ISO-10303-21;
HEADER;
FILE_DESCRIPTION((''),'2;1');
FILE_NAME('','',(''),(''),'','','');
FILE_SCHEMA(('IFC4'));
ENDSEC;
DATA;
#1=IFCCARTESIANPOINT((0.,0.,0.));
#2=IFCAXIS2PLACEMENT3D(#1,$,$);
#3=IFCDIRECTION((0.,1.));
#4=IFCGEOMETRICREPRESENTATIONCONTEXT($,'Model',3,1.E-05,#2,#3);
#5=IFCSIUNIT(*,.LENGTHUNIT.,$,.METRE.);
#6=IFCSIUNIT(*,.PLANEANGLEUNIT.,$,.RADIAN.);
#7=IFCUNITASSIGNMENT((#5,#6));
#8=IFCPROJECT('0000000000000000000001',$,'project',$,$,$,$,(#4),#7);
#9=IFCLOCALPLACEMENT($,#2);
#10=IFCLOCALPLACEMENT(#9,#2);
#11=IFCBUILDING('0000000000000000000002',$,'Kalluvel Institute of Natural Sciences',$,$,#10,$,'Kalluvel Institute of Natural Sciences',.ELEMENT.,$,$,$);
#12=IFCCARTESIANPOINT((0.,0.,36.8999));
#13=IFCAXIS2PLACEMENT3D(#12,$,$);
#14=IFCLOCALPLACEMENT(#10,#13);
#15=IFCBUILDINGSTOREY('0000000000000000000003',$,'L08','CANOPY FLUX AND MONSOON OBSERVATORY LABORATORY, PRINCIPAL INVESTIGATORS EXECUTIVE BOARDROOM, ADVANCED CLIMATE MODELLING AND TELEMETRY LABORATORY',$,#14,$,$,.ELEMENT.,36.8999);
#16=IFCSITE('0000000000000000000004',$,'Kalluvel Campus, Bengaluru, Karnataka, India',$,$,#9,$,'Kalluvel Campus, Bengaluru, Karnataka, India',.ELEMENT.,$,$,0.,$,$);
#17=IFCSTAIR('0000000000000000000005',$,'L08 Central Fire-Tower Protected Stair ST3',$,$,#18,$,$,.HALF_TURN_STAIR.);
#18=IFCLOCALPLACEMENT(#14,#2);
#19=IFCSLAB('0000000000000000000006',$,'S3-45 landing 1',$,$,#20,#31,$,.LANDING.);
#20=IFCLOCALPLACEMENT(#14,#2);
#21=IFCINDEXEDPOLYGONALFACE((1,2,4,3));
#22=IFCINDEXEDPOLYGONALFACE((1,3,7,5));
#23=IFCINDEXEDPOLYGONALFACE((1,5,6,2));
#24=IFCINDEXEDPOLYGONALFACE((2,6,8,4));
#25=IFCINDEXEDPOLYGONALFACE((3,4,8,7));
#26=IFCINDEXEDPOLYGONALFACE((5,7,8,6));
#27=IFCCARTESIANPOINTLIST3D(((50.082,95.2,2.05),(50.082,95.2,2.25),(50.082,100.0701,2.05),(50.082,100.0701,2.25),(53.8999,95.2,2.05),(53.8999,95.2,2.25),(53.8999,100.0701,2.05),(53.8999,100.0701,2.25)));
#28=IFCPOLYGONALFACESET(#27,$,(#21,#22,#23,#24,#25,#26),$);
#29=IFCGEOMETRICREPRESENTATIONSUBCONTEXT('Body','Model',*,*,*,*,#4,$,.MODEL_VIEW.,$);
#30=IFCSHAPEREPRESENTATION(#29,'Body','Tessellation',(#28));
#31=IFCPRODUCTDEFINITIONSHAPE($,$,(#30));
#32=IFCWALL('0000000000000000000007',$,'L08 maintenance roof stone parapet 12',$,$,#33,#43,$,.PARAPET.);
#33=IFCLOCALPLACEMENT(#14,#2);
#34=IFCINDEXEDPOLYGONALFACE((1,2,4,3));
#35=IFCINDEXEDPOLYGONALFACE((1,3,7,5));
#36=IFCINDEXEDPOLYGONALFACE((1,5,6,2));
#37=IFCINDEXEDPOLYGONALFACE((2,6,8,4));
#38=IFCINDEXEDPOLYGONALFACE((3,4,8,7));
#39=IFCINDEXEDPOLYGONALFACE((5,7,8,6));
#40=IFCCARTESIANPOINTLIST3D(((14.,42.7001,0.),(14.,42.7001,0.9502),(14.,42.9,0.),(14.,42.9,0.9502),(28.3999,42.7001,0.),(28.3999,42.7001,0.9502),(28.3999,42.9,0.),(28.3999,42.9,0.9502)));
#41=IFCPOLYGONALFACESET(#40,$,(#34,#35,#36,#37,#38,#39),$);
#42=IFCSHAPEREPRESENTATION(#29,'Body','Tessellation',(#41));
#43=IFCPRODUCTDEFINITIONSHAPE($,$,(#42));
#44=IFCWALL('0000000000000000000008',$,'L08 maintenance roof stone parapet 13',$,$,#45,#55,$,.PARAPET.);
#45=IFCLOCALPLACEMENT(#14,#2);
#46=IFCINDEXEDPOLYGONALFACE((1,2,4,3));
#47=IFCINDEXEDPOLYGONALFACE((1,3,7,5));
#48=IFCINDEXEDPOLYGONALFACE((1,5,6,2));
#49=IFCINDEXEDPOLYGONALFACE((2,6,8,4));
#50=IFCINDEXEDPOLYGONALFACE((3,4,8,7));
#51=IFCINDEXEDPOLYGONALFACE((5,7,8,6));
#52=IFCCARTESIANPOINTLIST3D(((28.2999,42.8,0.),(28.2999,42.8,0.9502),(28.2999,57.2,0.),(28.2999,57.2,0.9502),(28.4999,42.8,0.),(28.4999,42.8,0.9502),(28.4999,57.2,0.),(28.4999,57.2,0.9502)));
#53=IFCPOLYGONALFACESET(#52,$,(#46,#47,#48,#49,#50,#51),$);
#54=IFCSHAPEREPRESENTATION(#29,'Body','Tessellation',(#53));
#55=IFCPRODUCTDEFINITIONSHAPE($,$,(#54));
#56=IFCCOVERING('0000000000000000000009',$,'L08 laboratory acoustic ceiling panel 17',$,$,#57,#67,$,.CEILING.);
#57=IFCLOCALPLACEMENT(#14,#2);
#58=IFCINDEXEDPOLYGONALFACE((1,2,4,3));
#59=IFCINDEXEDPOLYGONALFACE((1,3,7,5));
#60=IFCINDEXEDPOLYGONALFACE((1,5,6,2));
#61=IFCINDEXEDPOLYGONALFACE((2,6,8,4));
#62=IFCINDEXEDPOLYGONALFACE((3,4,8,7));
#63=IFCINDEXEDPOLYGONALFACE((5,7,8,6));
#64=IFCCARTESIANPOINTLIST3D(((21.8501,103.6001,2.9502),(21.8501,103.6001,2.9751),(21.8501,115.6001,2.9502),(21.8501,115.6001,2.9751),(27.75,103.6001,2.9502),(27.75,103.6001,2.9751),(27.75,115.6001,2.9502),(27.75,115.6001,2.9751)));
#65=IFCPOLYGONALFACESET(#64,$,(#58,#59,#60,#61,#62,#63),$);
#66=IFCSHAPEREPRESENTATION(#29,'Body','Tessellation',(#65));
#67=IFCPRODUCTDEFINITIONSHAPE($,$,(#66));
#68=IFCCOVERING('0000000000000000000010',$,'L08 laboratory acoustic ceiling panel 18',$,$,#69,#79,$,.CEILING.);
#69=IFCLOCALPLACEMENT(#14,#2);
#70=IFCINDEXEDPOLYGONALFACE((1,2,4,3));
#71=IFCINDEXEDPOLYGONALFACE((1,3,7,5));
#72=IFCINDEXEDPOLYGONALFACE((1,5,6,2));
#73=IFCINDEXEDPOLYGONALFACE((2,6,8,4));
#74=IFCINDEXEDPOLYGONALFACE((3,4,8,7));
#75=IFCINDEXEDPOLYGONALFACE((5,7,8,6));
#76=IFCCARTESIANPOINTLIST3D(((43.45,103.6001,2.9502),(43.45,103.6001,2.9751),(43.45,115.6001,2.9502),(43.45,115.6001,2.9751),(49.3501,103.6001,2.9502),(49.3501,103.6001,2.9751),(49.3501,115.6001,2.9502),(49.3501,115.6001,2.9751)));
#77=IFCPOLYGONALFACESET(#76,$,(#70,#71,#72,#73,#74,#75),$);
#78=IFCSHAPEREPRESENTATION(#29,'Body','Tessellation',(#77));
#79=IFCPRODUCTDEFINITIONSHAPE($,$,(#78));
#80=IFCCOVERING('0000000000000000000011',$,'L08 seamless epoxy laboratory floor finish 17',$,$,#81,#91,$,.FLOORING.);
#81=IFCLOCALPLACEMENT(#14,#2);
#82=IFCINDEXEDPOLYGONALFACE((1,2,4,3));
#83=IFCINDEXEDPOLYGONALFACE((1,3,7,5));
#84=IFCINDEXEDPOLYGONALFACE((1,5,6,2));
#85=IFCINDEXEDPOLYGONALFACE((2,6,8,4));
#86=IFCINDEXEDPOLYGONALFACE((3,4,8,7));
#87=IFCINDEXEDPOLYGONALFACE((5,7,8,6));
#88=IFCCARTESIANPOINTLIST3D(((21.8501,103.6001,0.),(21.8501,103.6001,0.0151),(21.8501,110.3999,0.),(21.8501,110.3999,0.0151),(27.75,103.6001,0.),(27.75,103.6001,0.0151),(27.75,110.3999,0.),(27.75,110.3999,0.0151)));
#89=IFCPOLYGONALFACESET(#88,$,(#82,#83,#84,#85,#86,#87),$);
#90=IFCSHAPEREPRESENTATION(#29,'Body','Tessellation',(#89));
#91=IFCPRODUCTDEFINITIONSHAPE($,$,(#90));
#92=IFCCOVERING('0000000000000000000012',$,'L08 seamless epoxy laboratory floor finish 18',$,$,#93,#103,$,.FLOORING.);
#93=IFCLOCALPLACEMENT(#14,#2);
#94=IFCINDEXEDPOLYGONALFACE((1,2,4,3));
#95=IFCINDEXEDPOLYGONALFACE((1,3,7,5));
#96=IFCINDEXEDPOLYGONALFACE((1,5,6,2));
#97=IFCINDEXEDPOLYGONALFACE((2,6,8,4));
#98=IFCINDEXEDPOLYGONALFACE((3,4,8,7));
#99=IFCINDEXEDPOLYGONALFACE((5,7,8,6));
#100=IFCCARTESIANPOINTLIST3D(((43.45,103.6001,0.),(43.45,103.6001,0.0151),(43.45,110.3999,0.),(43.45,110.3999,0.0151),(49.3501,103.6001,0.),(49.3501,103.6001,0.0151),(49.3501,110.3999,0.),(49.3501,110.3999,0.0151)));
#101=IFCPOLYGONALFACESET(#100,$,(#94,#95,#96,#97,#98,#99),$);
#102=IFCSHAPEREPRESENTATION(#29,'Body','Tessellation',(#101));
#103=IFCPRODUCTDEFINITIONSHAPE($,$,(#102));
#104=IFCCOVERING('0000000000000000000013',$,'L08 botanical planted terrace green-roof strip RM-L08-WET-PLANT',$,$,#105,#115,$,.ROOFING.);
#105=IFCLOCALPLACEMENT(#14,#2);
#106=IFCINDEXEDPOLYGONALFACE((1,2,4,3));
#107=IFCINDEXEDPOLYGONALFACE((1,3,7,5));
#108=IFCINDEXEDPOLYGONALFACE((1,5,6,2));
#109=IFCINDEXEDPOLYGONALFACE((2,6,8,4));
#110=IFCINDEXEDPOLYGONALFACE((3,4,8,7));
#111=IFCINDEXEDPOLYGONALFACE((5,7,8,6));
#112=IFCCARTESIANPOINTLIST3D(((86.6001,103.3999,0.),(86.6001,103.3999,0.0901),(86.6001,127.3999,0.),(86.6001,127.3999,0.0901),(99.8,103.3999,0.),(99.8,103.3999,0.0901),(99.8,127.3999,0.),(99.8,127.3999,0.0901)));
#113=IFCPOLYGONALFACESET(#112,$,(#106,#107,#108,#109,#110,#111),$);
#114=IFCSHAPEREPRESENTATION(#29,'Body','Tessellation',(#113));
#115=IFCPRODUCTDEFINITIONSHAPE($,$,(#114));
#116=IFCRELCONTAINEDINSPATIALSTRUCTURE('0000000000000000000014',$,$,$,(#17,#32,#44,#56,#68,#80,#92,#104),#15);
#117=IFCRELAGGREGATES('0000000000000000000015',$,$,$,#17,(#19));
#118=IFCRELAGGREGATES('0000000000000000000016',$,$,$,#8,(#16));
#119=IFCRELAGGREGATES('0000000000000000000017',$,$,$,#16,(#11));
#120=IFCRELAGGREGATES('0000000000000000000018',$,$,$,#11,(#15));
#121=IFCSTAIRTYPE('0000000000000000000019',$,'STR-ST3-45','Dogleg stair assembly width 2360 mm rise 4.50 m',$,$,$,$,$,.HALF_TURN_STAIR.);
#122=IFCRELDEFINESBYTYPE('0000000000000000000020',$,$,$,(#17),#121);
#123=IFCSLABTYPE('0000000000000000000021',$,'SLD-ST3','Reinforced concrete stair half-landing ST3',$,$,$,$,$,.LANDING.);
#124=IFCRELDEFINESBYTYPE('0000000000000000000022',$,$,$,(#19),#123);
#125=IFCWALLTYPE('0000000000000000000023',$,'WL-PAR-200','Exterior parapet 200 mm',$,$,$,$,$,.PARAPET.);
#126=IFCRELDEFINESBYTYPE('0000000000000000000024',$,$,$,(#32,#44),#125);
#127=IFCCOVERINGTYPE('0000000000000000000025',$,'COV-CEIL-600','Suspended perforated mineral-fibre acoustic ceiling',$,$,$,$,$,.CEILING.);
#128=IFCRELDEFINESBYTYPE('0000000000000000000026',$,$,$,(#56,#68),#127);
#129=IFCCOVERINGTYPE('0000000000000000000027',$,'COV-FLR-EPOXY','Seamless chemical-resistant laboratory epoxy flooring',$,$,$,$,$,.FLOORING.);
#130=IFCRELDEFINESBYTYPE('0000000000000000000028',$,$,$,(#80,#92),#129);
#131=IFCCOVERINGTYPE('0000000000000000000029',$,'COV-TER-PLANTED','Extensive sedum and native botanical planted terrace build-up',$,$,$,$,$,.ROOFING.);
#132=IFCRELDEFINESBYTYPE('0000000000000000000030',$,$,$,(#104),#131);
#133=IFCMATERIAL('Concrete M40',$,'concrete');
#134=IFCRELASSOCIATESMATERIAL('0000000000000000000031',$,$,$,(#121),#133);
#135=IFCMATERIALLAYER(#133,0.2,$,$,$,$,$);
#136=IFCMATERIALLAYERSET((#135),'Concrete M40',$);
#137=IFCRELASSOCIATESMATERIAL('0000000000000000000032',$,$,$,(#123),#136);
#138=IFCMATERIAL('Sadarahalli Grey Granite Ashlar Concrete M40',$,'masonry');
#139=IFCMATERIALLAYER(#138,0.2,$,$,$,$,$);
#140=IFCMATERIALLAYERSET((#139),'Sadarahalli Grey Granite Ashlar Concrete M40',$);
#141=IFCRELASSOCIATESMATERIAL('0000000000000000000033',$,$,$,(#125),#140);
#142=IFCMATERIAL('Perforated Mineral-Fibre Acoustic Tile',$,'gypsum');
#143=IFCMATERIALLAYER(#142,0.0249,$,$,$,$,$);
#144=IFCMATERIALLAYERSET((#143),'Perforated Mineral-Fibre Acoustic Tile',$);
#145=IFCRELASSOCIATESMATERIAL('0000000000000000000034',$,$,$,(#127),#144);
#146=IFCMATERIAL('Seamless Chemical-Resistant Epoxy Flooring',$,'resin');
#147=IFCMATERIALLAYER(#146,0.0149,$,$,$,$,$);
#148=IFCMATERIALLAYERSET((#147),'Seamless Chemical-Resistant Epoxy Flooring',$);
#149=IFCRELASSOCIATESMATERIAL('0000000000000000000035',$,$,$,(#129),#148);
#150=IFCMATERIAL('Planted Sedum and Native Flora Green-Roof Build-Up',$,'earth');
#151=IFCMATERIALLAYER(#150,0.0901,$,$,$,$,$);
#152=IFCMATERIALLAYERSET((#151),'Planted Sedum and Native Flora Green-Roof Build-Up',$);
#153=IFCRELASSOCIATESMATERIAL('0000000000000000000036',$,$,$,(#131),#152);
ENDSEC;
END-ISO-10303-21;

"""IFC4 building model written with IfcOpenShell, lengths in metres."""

from ifc_helpers import new_model, si_unit, direction, frame, frame_2d, origin, place, context, subcontext, project, spatial, polyline, rectangle, outline, extrude, material, layer, layer_set, type_object, element, aggregate, save


model = new_model("IFC4")

# Units and contexts
model_context = context("Model", 3, precision=1e-05, world=origin(), true_north=direction((0.0, 1.0)))
body_context = subcontext(model_context, "Body", "Model", "MODEL_VIEW")
ifc_project = project(units=[si_unit("LENGTHUNIT", "METRE"), si_unit("PLANEANGLEUNIT", "RADIAN")], contexts=[model_context])

# Site, building, storey
site_placement = place(None, origin())
site = spatial("IfcSite", under=ifc_project, at=site_placement, Name="Kalluvel Campus, Bengaluru, Karnataka, India", LongName="Kalluvel Campus, Bengaluru, Karnataka, India", CompositionType="ELEMENT", RefElevation=0.0)
building_placement = place(site_placement, origin())
building = spatial("IfcBuilding", under=site, at=building_placement, Name="Kalluvel Institute of Natural Sciences", LongName="Kalluvel Institute of Natural Sciences", CompositionType="ELEMENT")
storey_placement = place(building_placement, frame((0.0, 0.0, 36.8999)))
storey = spatial("IfcBuildingStorey", under=building, at=storey_placement, Name="L08", Description="CANOPY FLUX AND MONSOON OBSERVATORY LABORATORY, PRINCIPAL INVESTIGATORS EXECUTIVE BOARDROOM, ADVANCED CLIMATE MODELLING AND TELEMETRY LABORATORY", CompositionType="ELEMENT", Elevation=36.8999)

# Shared definitions
ifc_material_1 = material(Name="Concrete M40", Category="concrete")

# Stair, slab
stair_type_1 = type_object("IfcStairType", Name="STR-ST3-45", Description="Dogleg stair assembly width 2360 mm rise 4.50 m", PredefinedType="HALF_TURN_STAIR", material=ifc_material_1)
stair_1_placement = place(storey_placement, origin())
stair_1 = element("IfcStair", 1, at=stair_1_placement, inside=storey, type_object=stair_type_1, Name="L08 Central Fire-Tower Protected Stair ST3", PredefinedType="HALF_TURN_STAIR")
ifc_layer_1 = layer(ifc_material_1, 0.2)
ifc_layer_set_1 = layer_set([ifc_layer_1], Name="Concrete M40")
slab_type_1 = type_object("IfcSlabType", Name="SLD-ST3", Description="Reinforced concrete stair half-landing ST3", PredefinedType="LANDING", material=ifc_layer_set_1)
slab_1_placement = place(storey_placement, frame((0.0, 0.0, 2.05)))
slab_1 = element("IfcSlab", 2, at=slab_1_placement, type_object=slab_type_1, Name="S3-45 landing 1", PredefinedType="LANDING", context=body_context, shape_type="SweptSolid", body=[
    extrude(outline(polyline([(50.082, 95.2), (53.8999, 95.2), (53.8999, 100.0701), (50.082, 100.0701), (50.082, 95.2)])), origin(), (0.0, 0.0, 1.0), 0.2),
])
aggregate(stair_1, [slab_1])

# Walls
ifc_material_2 = material(Name="Sadarahalli Grey Granite Ashlar Concrete M40", Category="masonry")
ifc_layer_2 = layer(ifc_material_2, 0.2)
ifc_layer_set_2 = layer_set([ifc_layer_2], Name="Sadarahalli Grey Granite Ashlar Concrete M40")
wall_type = type_object("IfcWallType", Name="WL-PAR-200", Description="Exterior parapet 200 mm", PredefinedType="PARAPET", material=ifc_layer_set_2)
for number, where, z_axis, x_axis, name in (
    (3, (14.0, 42.8, 0.0), (0.0, 0.0, 1.0), (1.0, 0.0, 0.0), "L08 maintenance roof stone parapet 12"),
    (4, (28.3999, 42.8, 0.0), (0.0, 0.0, 1.0), (0.0, 1.0, 0.0), "L08 maintenance roof stone parapet 13"),
):
    element("IfcWall", number, at=place(storey_placement, frame(where, z_axis=z_axis, x_axis=x_axis)), inside=storey, type_object=wall_type, Name=name, PredefinedType="PARAPET", context=body_context, shape_type="SweptSolid", body=[
        extrude(rectangle(XDim=14.3999, YDim=0.2, at=frame_2d((7.2, 0.0))), origin(), (0.0, 0.0, 1.0), 0.9502),
    ])

# Coverings
ifc_material_3 = material(Name="Perforated Mineral-Fibre Acoustic Tile", Category="gypsum")
ifc_layer_3 = layer(ifc_material_3, 0.0249)
ifc_layer_set_3 = layer_set([ifc_layer_3], Name="Perforated Mineral-Fibre Acoustic Tile")
covering_type_1 = type_object("IfcCoveringType", Name="COV-CEIL-600", Description="Suspended perforated mineral-fibre acoustic ceiling", PredefinedType="CEILING", material=ifc_layer_set_3)
covering_1_placement = place(storey_placement, frame((0.0, 0.0, 2.9502)))
element("IfcCovering", 5, at=covering_1_placement, inside=storey, type_object=covering_type_1, Name="L08 laboratory acoustic ceiling panel 17", PredefinedType="CEILING", context=body_context, shape_type="SweptSolid", body=[
    extrude(outline(polyline([(21.8501, 103.6001), (27.75, 103.6001), (27.75, 115.6001), (21.8501, 115.6001), (21.8501, 103.6001)])), origin(), (0.0, 0.0, 1.0), 0.0249),
])
covering_2_placement = place(storey_placement, frame((0.0, 0.0, 2.9502)))
element("IfcCovering", 6, at=covering_2_placement, inside=storey, type_object=covering_type_1, Name="L08 laboratory acoustic ceiling panel 18", PredefinedType="CEILING", context=body_context, shape_type="SweptSolid", body=[
    extrude(outline(polyline([(43.45, 103.6001), (49.3501, 103.6001), (49.3501, 115.6001), (43.45, 115.6001), (43.45, 103.6001)])), origin(), (0.0, 0.0, 1.0), 0.0249),
])
ifc_material_4 = material(Name="Seamless Chemical-Resistant Epoxy Flooring", Category="resin")
ifc_layer_4 = layer(ifc_material_4, 0.0149)
ifc_layer_set_4 = layer_set([ifc_layer_4], Name="Seamless Chemical-Resistant Epoxy Flooring")
covering_type_2 = type_object("IfcCoveringType", Name="COV-FLR-EPOXY", Description="Seamless chemical-resistant laboratory epoxy flooring", PredefinedType="FLOORING", material=ifc_layer_set_4)
covering_3_placement = place(storey_placement, origin())
element("IfcCovering", 7, at=covering_3_placement, inside=storey, type_object=covering_type_2, Name="L08 seamless epoxy laboratory floor finish 17", PredefinedType="FLOORING", context=body_context, shape_type="SweptSolid", body=[
    extrude(outline(polyline([(21.8501, 103.6001), (27.75, 103.6001), (27.75, 110.3999), (21.8501, 110.3999), (21.8501, 103.6001)])), origin(), (0.0, 0.0, 1.0), 0.0151),
])
covering_4_placement = place(storey_placement, origin())
element("IfcCovering", 8, at=covering_4_placement, inside=storey, type_object=covering_type_2, Name="L08 seamless epoxy laboratory floor finish 18", PredefinedType="FLOORING", context=body_context, shape_type="SweptSolid", body=[
    extrude(outline(polyline([(43.45, 103.6001), (49.3501, 103.6001), (49.3501, 110.3999), (43.45, 110.3999), (43.45, 103.6001)])), origin(), (0.0, 0.0, 1.0), 0.0151),
])
ifc_material_5 = material(Name="Planted Sedum and Native Flora Green-Roof Build-Up", Category="earth")
ifc_layer_5 = layer(ifc_material_5, 0.0901)
ifc_layer_set_5 = layer_set([ifc_layer_5], Name="Planted Sedum and Native Flora Green-Roof Build-Up")
covering_type_3 = type_object("IfcCoveringType", Name="COV-TER-PLANTED", Description="Extensive sedum and native botanical planted terrace build-up", PredefinedType="ROOFING", material=ifc_layer_set_5)
covering_5_placement = place(storey_placement, origin())
element("IfcCovering", 9, at=covering_5_placement, inside=storey, type_object=covering_type_3, Name="L08 botanical planted terrace green-roof strip RM-L08-WET-PLANT", PredefinedType="ROOFING", context=body_context, shape_type="SweptSolid", body=[
    extrude(outline(polyline([(86.6001, 103.3999), (99.8, 103.3999), (99.8, 127.3999), (86.6001, 127.3999), (86.6001, 103.3999)])), origin(), (0.0, 0.0, 1.0), 0.0901),
])

save(model, "model.ifc")
